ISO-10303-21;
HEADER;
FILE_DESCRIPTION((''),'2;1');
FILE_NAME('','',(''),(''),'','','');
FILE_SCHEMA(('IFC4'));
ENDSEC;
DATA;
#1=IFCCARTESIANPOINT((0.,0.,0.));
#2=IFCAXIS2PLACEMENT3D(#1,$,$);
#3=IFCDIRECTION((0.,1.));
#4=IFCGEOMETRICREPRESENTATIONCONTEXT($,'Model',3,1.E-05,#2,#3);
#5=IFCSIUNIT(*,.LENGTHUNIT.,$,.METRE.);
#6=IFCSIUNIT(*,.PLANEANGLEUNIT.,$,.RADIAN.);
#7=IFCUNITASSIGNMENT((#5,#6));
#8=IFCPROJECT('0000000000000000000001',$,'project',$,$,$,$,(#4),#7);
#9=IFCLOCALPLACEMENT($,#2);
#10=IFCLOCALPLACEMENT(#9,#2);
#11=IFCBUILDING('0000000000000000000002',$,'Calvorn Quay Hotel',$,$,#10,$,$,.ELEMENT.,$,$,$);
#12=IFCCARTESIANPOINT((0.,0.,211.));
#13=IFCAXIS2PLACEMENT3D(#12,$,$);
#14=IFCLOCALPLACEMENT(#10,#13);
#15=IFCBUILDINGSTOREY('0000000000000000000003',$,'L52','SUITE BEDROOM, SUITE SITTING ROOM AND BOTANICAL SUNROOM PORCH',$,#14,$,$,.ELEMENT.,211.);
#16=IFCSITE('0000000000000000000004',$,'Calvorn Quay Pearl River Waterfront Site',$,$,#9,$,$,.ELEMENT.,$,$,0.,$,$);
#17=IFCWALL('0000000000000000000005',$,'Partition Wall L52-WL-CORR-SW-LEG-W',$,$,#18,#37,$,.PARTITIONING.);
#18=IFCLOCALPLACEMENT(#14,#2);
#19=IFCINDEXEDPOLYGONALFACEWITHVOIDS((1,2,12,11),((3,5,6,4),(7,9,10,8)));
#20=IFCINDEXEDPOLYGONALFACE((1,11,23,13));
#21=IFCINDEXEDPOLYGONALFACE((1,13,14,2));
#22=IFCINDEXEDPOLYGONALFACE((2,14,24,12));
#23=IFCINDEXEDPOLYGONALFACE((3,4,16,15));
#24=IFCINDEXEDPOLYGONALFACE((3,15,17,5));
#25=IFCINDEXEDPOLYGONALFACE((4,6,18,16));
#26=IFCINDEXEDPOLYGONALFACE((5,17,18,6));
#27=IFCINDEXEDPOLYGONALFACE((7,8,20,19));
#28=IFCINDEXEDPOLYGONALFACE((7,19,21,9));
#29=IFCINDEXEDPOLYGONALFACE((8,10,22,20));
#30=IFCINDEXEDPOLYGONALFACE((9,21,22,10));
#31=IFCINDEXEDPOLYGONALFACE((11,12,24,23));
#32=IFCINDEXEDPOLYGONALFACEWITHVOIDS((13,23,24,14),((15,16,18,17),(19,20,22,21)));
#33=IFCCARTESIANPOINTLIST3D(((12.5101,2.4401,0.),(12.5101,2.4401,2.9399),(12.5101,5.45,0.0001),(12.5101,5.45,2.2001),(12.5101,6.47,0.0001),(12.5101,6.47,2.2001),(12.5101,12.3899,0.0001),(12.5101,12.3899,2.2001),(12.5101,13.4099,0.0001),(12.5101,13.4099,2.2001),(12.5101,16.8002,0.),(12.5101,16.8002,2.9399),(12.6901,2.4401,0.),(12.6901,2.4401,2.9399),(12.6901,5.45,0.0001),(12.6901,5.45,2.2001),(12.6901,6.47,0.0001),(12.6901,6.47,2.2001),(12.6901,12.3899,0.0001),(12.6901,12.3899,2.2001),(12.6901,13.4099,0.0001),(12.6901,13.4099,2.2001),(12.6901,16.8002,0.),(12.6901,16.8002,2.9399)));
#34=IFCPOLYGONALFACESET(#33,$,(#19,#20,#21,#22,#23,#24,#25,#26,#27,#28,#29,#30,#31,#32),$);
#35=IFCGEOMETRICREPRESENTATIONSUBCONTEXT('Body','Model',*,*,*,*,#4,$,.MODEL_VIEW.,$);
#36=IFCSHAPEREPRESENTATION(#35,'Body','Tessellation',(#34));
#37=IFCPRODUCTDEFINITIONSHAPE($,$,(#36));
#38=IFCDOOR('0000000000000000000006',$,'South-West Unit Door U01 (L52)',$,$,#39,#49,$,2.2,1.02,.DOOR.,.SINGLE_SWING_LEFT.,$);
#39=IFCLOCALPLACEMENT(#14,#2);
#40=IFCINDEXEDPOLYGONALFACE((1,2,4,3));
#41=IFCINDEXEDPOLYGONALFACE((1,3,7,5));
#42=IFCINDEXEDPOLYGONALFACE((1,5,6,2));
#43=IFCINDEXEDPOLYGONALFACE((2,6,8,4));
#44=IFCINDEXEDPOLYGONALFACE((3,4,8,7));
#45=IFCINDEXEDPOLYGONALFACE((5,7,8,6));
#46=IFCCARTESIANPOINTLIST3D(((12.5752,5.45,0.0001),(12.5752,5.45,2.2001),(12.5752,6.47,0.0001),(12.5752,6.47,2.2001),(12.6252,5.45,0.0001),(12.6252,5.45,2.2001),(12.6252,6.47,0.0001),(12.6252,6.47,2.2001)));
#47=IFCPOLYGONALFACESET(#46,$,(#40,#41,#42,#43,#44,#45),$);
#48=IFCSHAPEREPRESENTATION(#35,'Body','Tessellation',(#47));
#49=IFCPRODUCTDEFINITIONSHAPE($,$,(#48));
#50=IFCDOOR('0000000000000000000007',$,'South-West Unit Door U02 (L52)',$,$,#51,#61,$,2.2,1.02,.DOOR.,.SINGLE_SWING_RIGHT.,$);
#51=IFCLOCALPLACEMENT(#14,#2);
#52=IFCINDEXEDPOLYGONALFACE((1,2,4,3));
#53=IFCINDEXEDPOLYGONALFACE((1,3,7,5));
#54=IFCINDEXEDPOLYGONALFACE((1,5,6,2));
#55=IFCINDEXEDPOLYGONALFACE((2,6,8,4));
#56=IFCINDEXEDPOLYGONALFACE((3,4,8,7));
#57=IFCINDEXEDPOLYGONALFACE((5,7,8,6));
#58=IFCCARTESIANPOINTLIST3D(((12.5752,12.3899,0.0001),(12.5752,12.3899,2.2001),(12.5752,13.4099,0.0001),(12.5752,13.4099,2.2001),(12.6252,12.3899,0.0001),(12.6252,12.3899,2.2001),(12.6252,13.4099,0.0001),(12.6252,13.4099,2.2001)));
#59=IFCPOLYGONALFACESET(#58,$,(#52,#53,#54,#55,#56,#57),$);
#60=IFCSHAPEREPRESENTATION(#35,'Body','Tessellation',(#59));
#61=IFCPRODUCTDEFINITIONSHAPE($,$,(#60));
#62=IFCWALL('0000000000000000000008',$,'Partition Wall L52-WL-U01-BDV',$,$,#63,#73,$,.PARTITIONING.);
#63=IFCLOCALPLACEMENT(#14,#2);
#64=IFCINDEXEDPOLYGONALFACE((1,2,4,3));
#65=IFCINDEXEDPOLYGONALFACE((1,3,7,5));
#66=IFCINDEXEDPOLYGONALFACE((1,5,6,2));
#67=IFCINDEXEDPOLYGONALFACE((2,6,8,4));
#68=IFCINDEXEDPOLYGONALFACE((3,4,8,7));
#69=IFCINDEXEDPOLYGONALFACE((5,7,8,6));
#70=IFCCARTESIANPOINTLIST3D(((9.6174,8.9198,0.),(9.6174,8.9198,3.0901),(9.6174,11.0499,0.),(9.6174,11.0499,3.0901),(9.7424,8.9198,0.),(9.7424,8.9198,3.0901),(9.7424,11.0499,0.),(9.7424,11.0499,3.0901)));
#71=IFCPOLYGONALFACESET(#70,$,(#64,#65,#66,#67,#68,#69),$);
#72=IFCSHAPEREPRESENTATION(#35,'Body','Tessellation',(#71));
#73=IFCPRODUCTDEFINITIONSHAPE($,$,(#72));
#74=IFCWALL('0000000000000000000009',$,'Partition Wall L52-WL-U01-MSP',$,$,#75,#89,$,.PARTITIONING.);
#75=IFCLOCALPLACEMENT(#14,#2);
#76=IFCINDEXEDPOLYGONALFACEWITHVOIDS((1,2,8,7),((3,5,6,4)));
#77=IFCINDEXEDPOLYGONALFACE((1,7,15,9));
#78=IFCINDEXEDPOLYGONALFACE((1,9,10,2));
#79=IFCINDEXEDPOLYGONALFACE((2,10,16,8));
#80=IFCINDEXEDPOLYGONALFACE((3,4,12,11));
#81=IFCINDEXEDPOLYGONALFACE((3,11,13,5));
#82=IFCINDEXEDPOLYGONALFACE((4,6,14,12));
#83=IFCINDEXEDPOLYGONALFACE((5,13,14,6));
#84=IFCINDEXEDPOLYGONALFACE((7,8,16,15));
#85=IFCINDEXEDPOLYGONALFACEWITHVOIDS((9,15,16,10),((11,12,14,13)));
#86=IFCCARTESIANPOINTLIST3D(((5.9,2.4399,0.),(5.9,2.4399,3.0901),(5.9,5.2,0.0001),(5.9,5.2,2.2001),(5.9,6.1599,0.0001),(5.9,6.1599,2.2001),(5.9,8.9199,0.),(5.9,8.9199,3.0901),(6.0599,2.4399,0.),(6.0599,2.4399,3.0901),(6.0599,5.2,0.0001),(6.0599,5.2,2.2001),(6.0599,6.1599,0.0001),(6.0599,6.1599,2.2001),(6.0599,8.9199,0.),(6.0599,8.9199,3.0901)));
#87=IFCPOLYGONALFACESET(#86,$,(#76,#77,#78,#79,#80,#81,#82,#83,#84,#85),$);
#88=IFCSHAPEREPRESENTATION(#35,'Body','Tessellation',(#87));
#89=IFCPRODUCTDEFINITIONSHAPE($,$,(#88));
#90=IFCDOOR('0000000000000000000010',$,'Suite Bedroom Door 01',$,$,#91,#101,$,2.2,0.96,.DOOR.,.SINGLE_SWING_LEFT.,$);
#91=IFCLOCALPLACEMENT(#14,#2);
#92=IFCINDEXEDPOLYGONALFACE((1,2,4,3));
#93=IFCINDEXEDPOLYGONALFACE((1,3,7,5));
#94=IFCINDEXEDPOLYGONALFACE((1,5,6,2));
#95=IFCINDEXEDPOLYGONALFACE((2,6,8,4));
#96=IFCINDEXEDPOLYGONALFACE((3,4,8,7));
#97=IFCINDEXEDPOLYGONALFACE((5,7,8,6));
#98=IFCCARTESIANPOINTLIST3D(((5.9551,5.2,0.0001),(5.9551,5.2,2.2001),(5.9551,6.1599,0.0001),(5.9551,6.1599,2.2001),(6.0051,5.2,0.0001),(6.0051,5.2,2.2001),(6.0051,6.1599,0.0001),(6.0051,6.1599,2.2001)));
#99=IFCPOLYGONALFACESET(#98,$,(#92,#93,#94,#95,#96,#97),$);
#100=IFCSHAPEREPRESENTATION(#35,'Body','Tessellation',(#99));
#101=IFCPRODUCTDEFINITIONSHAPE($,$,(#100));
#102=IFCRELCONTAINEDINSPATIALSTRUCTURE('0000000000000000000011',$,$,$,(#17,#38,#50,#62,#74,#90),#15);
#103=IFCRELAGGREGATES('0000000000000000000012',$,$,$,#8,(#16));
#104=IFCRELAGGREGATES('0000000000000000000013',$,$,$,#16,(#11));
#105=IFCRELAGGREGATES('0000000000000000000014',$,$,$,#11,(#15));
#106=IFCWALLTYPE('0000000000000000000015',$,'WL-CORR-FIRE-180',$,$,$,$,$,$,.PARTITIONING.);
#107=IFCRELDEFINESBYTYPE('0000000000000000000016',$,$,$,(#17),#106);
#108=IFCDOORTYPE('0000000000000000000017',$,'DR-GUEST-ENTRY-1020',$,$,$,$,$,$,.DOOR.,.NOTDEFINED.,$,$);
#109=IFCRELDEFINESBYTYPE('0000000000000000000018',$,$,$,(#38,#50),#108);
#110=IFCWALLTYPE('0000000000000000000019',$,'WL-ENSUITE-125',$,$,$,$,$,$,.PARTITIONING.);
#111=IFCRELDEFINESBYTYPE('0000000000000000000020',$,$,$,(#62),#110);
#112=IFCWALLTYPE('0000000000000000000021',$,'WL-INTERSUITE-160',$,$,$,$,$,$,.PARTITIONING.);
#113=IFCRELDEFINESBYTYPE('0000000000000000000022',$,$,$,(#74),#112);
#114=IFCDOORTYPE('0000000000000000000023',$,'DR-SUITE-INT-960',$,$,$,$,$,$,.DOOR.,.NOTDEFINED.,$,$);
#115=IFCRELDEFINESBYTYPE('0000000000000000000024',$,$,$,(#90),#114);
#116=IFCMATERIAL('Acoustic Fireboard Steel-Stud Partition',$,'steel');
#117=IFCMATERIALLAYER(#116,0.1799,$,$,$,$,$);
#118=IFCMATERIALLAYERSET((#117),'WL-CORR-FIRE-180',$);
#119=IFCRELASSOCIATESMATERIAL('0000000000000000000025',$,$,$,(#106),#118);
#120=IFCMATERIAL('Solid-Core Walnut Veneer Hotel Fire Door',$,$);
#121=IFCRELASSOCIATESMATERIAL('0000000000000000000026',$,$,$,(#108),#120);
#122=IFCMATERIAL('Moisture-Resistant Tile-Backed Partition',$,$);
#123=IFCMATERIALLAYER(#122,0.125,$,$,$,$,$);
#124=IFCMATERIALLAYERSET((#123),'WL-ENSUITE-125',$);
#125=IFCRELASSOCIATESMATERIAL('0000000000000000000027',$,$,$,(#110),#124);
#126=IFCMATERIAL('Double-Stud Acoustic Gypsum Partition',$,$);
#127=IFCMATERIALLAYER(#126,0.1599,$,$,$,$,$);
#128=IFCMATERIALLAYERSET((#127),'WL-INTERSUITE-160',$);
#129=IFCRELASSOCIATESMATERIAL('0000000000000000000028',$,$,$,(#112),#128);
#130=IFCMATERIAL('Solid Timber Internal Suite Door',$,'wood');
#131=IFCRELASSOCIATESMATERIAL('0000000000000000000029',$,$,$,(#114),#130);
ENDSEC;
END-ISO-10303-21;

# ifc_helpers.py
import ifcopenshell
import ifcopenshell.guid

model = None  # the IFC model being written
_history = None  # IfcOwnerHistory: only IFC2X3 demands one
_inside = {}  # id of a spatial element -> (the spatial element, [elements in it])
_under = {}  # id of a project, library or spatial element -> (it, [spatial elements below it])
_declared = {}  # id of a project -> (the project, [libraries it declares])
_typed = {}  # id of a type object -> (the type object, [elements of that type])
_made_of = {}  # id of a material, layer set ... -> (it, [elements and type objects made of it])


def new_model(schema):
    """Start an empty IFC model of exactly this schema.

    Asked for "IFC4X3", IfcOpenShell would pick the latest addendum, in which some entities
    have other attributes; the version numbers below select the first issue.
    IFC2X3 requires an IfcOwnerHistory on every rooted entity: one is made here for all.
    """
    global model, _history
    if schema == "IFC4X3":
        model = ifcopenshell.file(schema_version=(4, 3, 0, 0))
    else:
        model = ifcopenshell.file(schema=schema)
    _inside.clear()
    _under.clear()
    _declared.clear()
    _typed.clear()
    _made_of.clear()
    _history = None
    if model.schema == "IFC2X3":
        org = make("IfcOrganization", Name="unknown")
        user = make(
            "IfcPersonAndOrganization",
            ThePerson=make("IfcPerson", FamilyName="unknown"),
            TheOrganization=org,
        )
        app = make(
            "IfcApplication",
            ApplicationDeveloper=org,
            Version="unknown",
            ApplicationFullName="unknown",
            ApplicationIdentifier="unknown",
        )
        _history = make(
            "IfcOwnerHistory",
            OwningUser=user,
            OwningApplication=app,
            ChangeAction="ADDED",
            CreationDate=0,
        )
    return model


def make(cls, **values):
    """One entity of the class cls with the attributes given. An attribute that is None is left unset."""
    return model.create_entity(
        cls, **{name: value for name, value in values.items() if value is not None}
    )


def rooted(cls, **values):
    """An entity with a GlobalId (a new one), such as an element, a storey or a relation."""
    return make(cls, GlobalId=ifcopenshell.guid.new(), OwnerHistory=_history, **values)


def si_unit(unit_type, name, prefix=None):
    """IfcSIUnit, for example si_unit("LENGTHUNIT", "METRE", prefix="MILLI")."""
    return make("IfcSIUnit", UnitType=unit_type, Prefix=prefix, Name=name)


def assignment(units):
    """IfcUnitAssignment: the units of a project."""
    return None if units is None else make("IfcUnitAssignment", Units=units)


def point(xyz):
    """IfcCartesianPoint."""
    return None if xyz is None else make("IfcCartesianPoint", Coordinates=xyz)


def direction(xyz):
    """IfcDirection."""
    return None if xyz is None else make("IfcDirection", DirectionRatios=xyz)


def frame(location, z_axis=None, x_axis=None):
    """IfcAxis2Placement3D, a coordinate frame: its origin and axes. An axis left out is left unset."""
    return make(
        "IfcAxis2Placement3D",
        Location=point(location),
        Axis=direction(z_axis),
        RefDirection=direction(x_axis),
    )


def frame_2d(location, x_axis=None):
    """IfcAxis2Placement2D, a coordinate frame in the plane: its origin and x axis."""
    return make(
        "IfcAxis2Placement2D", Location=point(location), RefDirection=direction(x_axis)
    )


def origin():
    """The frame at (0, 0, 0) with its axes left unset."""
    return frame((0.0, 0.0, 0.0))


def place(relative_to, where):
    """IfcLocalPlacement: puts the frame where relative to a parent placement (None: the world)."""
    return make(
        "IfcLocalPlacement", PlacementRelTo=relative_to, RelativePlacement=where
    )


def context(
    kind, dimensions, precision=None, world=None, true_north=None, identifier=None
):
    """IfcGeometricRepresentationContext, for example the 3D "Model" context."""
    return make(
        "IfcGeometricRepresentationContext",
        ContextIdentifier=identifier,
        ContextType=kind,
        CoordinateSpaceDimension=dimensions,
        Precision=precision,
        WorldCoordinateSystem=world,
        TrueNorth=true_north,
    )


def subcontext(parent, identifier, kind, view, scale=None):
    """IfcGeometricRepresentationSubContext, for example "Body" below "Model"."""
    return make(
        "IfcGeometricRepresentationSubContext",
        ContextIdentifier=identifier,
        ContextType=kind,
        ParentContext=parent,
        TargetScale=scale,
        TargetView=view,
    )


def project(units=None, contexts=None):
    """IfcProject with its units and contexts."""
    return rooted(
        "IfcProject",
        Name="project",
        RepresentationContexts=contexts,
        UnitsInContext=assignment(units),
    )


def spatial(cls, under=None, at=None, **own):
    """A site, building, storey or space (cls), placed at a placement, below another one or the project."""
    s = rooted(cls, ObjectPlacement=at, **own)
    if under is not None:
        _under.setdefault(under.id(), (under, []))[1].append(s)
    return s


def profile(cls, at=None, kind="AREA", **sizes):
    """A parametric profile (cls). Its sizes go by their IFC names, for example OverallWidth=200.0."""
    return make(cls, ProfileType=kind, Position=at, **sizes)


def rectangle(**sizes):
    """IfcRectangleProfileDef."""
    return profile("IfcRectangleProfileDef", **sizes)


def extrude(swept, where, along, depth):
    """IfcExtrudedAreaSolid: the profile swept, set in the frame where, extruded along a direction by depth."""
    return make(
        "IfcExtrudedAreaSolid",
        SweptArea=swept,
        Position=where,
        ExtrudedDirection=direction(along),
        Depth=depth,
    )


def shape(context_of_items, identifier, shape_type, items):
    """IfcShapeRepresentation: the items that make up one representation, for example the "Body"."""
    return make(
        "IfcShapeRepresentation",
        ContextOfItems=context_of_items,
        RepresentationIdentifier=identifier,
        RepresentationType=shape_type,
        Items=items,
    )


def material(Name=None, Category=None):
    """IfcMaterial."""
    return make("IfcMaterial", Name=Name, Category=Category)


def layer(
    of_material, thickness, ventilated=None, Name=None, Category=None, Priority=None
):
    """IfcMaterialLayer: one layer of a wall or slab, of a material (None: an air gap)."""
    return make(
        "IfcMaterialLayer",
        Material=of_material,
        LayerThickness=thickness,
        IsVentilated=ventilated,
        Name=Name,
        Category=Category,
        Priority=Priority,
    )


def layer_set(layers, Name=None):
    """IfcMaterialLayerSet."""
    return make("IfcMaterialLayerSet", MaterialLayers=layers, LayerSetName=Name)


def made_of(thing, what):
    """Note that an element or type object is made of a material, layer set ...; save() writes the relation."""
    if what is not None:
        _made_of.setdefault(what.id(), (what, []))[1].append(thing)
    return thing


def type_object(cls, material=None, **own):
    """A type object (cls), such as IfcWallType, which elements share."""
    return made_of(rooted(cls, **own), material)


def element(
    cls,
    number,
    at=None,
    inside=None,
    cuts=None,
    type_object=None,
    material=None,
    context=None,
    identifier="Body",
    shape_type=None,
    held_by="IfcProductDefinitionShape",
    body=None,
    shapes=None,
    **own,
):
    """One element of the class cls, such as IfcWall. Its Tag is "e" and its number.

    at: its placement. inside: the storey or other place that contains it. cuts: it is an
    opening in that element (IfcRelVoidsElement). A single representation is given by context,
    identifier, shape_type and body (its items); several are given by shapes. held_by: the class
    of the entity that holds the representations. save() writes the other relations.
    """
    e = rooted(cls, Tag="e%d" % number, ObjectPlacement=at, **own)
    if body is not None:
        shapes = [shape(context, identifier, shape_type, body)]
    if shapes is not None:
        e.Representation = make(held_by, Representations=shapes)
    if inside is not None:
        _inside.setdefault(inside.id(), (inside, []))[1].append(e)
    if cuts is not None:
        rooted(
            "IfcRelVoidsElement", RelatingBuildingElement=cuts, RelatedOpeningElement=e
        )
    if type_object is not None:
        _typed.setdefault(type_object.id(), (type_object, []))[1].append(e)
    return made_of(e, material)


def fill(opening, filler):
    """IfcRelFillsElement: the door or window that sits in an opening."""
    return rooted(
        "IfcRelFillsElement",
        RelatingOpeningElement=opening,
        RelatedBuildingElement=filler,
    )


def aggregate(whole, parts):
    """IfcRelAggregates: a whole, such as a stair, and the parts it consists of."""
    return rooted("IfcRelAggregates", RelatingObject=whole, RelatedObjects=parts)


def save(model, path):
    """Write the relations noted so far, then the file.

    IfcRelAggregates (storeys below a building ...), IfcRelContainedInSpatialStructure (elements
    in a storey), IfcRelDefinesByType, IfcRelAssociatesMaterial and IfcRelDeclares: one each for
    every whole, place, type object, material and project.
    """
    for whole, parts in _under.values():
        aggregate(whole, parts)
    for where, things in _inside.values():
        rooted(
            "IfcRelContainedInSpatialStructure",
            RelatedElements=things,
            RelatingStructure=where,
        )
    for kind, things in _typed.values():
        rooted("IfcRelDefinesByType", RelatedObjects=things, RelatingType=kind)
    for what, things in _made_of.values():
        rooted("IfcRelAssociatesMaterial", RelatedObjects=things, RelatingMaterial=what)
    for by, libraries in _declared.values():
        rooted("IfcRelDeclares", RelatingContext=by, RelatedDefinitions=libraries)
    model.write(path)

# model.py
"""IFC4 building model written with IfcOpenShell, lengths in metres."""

from ifc_helpers import new_model, si_unit, direction, frame, frame_2d, origin, place, context, subcontext, project, spatial, rectangle, extrude, material, layer, layer_set, type_object, element, fill, save


model = new_model("IFC4")

# Units and contexts
model_context = context("Model", 3, precision=1e-05, world=origin(), true_north=direction((0.0, 1.0)))
body_context = subcontext(model_context, "Body", "Model", "MODEL_VIEW")
ifc_project = project(units=[si_unit("LENGTHUNIT", "METRE"), si_unit("PLANEANGLEUNIT", "RADIAN")], contexts=[model_context])

# Site, building, storey
site_placement = place(None, origin())
site = spatial("IfcSite", under=ifc_project, at=site_placement, Name="Calvorn Quay Pearl River Waterfront Site", CompositionType="ELEMENT", RefElevation=0.0)
building_placement = place(site_placement, origin())
building = spatial("IfcBuilding", under=site, at=building_placement, Name="Calvorn Quay Hotel", CompositionType="ELEMENT")
storey_placement = place(building_placement, frame((0.0, 0.0, 211.0)))
storey = spatial("IfcBuildingStorey", under=building, at=storey_placement, Name="L52", Description="SUITE BEDROOM, SUITE SITTING ROOM AND BOTANICAL SUNROOM PORCH", CompositionType="ELEMENT", Elevation=211.0)

# Wall, openings, doors
ifc_material_1 = material(Name="Acoustic Fireboard Steel-Stud Partition", Category="steel")
ifc_layer_1 = layer(ifc_material_1, 0.1799)
ifc_layer_set_1 = layer_set([ifc_layer_1], Name="WL-CORR-FIRE-180")
wall_type_1 = type_object("IfcWallType", Name="WL-CORR-FIRE-180", PredefinedType="PARTITIONING", material=ifc_layer_set_1)
wall_1_placement = place(storey_placement, frame((12.6001, 2.4399, 0.0), z_axis=(0.0, 0.0, 1.0), x_axis=(0.0, 1.0, 0.0)))
wall_1 = element("IfcWall", 1, at=wall_1_placement, inside=storey, type_object=wall_type_1, Name="Partition Wall L52-WL-CORR-SW-LEG-W", PredefinedType="PARTITIONING", context=body_context, shape_type="SweptSolid", body=[
    extrude(rectangle(XDim=14.3601, YDim=0.1799, at=frame_2d((7.1802, 0.0))), origin(), (0.0, 0.0, 1.0), 2.9399),
])
opening_1_placement = place(wall_1_placement, frame((3.01, 0.0, 0.0)))
opening_1 = element("IfcOpeningElement", 2, at=opening_1_placement, cuts=wall_1, PredefinedType="OPENING", context=body_context, shape_type="SweptSolid", body=[
    extrude(rectangle(XDim=1.02, YDim=2.2, at=frame_2d((0.51, 1.1001))), frame((0.0, 0.0999, 0.0), z_axis=(0.0, -1.0, 0.0), x_axis=(1.0, 0.0, 0.0)), (0.0, 0.0, 1.0), 0.2),
])
opening_2_placement = place(wall_1_placement, frame((9.95, 0.0, 0.0)))
opening_2 = element("IfcOpeningElement", 3, at=opening_2_placement, cuts=wall_1, PredefinedType="OPENING", context=body_context, shape_type="SweptSolid", body=[
    extrude(rectangle(XDim=1.02, YDim=2.2, at=frame_2d((0.51, 1.1001))), frame((0.0, 0.0999, 0.0), z_axis=(0.0, -1.0, 0.0), x_axis=(1.0, 0.0, 0.0)), (0.0, 0.0, 1.0), 0.2),
])
ifc_material_2 = material(Name="Solid-Core Walnut Veneer Hotel Fire Door")
door_type_1 = type_object("IfcDoorType", Name="DR-GUEST-ENTRY-1020", OperationType="NOTDEFINED", PredefinedType="DOOR", material=ifc_material_2)
door_1_placement = place(opening_1_placement, origin())
door_1 = element("IfcDoor", 4, at=door_1_placement, inside=storey, type_object=door_type_1, Name="South-West Unit Door U01 (L52)", OperationType="SINGLE_SWING_LEFT", OverallHeight=2.2, OverallWidth=1.02, PredefinedType="DOOR", context=body_context, shape_type="SweptSolid", body=[
    extrude(rectangle(XDim=1.02, YDim=2.2, at=frame_2d((0.51, 1.1001))), frame((0.0, 0.0249, 0.0), z_axis=(0.0, -1.0, 0.0), x_axis=(1.0, 0.0, 0.0)), (0.0, 0.0, 1.0), 0.05),
])
fill(opening_1, door_1)
door_2_placement = place(opening_2_placement, origin())
door_2 = element("IfcDoor", 5, at=door_2_placement, inside=storey, type_object=door_type_1, Name="South-West Unit Door U02 (L52)", OperationType="SINGLE_SWING_RIGHT", OverallHeight=2.2, OverallWidth=1.02, PredefinedType="DOOR", context=body_context, shape_type="SweptSolid", body=[
    extrude(rectangle(XDim=1.02, YDim=2.2, at=frame_2d((0.51, 1.1001))), frame((0.0, 0.0249, 0.0), z_axis=(0.0, -1.0, 0.0), x_axis=(1.0, 0.0, 0.0)), (0.0, 0.0, 1.0), 0.05),
])
fill(opening_2, door_2)

# Wall
ifc_material_3 = material(Name="Moisture-Resistant Tile-Backed Partition")
ifc_layer_2 = layer(ifc_material_3, 0.125)
ifc_layer_set_2 = layer_set([ifc_layer_2], Name="WL-ENSUITE-125")
wall_type_2 = type_object("IfcWallType", Name="WL-ENSUITE-125", PredefinedType="PARTITIONING", material=ifc_layer_set_2)
wall_2_placement = place(storey_placement, frame((9.6799, 8.9199, 0.0), z_axis=(0.0, 0.0, 1.0), x_axis=(0.0, 1.0, 0.0)))
element("IfcWall", 6, at=wall_2_placement, inside=storey, type_object=wall_type_2, Name="Partition Wall L52-WL-U01-BDV", PredefinedType="PARTITIONING", context=body_context, shape_type="SweptSolid", body=[
    extrude(rectangle(XDim=2.1301, YDim=0.125, at=frame_2d((1.0649, 0.0))), origin(), (0.0, 0.0, 1.0), 3.0901),
])

# Wall, opening, door
ifc_material_4 = material(Name="Double-Stud Acoustic Gypsum Partition")
ifc_layer_3 = layer(ifc_material_4, 0.1599)
ifc_layer_set_3 = layer_set([ifc_layer_3], Name="WL-INTERSUITE-160")
wall_type_3 = type_object("IfcWallType", Name="WL-INTERSUITE-160", PredefinedType="PARTITIONING", material=ifc_layer_set_3)
wall_3_placement = place(storey_placement, frame((5.98, 2.4399, 0.0), z_axis=(0.0, 0.0, 1.0), x_axis=(0.0, 1.0, 0.0)))
wall_3 = element("IfcWall", 7, at=wall_3_placement, inside=storey, type_object=wall_type_3, Name="Partition Wall L52-WL-U01-MSP", PredefinedType="PARTITIONING", context=body_context, shape_type="SweptSolid", body=[
    extrude(rectangle(XDim=6.48, YDim=0.1599, at=frame_2d((3.24, 0.0))), origin(), (0.0, 0.0, 1.0), 3.0901),
])
opening_3_placement = place(wall_3_placement, frame((2.76, 0.0, 0.0)))
opening_3 = element("IfcOpeningElement", 8, at=opening_3_placement, cuts=wall_3, PredefinedType="OPENING", context=body_context, shape_type="SweptSolid", body=[
    extrude(rectangle(XDim=0.96, YDim=2.2, at=frame_2d((0.48, 1.1001))), frame((0.0, 0.0898, 0.0), z_axis=(0.0, -1.0, 0.0), x_axis=(1.0, 0.0, 0.0)), (0.0, 0.0, 1.0), 0.1799),
])
ifc_material_5 = material(Name="Solid Timber Internal Suite Door", Category="wood")
door_type_2 = type_object("IfcDoorType", Name="DR-SUITE-INT-960", OperationType="NOTDEFINED", PredefinedType="DOOR", material=ifc_material_5)
door_3_placement = place(opening_3_placement, origin())
door_3 = element("IfcDoor", 9, at=door_3_placement, inside=storey, type_object=door_type_2, Name="Suite Bedroom Door 01", OperationType="SINGLE_SWING_LEFT", OverallHeight=2.2, OverallWidth=0.96, PredefinedType="DOOR", context=body_context, shape_type="SweptSolid", body=[
    extrude(rectangle(XDim=0.96, YDim=2.2, at=frame_2d((0.48, 1.1001))), frame((0.0, 0.0249, 0.0), z_axis=(0.0, -1.0, 0.0), x_axis=(1.0, 0.0, 0.0)), (0.0, 0.0, 1.0), 0.05),
])
fill(opening_3, door_3)

save(model, "model.ifc")
